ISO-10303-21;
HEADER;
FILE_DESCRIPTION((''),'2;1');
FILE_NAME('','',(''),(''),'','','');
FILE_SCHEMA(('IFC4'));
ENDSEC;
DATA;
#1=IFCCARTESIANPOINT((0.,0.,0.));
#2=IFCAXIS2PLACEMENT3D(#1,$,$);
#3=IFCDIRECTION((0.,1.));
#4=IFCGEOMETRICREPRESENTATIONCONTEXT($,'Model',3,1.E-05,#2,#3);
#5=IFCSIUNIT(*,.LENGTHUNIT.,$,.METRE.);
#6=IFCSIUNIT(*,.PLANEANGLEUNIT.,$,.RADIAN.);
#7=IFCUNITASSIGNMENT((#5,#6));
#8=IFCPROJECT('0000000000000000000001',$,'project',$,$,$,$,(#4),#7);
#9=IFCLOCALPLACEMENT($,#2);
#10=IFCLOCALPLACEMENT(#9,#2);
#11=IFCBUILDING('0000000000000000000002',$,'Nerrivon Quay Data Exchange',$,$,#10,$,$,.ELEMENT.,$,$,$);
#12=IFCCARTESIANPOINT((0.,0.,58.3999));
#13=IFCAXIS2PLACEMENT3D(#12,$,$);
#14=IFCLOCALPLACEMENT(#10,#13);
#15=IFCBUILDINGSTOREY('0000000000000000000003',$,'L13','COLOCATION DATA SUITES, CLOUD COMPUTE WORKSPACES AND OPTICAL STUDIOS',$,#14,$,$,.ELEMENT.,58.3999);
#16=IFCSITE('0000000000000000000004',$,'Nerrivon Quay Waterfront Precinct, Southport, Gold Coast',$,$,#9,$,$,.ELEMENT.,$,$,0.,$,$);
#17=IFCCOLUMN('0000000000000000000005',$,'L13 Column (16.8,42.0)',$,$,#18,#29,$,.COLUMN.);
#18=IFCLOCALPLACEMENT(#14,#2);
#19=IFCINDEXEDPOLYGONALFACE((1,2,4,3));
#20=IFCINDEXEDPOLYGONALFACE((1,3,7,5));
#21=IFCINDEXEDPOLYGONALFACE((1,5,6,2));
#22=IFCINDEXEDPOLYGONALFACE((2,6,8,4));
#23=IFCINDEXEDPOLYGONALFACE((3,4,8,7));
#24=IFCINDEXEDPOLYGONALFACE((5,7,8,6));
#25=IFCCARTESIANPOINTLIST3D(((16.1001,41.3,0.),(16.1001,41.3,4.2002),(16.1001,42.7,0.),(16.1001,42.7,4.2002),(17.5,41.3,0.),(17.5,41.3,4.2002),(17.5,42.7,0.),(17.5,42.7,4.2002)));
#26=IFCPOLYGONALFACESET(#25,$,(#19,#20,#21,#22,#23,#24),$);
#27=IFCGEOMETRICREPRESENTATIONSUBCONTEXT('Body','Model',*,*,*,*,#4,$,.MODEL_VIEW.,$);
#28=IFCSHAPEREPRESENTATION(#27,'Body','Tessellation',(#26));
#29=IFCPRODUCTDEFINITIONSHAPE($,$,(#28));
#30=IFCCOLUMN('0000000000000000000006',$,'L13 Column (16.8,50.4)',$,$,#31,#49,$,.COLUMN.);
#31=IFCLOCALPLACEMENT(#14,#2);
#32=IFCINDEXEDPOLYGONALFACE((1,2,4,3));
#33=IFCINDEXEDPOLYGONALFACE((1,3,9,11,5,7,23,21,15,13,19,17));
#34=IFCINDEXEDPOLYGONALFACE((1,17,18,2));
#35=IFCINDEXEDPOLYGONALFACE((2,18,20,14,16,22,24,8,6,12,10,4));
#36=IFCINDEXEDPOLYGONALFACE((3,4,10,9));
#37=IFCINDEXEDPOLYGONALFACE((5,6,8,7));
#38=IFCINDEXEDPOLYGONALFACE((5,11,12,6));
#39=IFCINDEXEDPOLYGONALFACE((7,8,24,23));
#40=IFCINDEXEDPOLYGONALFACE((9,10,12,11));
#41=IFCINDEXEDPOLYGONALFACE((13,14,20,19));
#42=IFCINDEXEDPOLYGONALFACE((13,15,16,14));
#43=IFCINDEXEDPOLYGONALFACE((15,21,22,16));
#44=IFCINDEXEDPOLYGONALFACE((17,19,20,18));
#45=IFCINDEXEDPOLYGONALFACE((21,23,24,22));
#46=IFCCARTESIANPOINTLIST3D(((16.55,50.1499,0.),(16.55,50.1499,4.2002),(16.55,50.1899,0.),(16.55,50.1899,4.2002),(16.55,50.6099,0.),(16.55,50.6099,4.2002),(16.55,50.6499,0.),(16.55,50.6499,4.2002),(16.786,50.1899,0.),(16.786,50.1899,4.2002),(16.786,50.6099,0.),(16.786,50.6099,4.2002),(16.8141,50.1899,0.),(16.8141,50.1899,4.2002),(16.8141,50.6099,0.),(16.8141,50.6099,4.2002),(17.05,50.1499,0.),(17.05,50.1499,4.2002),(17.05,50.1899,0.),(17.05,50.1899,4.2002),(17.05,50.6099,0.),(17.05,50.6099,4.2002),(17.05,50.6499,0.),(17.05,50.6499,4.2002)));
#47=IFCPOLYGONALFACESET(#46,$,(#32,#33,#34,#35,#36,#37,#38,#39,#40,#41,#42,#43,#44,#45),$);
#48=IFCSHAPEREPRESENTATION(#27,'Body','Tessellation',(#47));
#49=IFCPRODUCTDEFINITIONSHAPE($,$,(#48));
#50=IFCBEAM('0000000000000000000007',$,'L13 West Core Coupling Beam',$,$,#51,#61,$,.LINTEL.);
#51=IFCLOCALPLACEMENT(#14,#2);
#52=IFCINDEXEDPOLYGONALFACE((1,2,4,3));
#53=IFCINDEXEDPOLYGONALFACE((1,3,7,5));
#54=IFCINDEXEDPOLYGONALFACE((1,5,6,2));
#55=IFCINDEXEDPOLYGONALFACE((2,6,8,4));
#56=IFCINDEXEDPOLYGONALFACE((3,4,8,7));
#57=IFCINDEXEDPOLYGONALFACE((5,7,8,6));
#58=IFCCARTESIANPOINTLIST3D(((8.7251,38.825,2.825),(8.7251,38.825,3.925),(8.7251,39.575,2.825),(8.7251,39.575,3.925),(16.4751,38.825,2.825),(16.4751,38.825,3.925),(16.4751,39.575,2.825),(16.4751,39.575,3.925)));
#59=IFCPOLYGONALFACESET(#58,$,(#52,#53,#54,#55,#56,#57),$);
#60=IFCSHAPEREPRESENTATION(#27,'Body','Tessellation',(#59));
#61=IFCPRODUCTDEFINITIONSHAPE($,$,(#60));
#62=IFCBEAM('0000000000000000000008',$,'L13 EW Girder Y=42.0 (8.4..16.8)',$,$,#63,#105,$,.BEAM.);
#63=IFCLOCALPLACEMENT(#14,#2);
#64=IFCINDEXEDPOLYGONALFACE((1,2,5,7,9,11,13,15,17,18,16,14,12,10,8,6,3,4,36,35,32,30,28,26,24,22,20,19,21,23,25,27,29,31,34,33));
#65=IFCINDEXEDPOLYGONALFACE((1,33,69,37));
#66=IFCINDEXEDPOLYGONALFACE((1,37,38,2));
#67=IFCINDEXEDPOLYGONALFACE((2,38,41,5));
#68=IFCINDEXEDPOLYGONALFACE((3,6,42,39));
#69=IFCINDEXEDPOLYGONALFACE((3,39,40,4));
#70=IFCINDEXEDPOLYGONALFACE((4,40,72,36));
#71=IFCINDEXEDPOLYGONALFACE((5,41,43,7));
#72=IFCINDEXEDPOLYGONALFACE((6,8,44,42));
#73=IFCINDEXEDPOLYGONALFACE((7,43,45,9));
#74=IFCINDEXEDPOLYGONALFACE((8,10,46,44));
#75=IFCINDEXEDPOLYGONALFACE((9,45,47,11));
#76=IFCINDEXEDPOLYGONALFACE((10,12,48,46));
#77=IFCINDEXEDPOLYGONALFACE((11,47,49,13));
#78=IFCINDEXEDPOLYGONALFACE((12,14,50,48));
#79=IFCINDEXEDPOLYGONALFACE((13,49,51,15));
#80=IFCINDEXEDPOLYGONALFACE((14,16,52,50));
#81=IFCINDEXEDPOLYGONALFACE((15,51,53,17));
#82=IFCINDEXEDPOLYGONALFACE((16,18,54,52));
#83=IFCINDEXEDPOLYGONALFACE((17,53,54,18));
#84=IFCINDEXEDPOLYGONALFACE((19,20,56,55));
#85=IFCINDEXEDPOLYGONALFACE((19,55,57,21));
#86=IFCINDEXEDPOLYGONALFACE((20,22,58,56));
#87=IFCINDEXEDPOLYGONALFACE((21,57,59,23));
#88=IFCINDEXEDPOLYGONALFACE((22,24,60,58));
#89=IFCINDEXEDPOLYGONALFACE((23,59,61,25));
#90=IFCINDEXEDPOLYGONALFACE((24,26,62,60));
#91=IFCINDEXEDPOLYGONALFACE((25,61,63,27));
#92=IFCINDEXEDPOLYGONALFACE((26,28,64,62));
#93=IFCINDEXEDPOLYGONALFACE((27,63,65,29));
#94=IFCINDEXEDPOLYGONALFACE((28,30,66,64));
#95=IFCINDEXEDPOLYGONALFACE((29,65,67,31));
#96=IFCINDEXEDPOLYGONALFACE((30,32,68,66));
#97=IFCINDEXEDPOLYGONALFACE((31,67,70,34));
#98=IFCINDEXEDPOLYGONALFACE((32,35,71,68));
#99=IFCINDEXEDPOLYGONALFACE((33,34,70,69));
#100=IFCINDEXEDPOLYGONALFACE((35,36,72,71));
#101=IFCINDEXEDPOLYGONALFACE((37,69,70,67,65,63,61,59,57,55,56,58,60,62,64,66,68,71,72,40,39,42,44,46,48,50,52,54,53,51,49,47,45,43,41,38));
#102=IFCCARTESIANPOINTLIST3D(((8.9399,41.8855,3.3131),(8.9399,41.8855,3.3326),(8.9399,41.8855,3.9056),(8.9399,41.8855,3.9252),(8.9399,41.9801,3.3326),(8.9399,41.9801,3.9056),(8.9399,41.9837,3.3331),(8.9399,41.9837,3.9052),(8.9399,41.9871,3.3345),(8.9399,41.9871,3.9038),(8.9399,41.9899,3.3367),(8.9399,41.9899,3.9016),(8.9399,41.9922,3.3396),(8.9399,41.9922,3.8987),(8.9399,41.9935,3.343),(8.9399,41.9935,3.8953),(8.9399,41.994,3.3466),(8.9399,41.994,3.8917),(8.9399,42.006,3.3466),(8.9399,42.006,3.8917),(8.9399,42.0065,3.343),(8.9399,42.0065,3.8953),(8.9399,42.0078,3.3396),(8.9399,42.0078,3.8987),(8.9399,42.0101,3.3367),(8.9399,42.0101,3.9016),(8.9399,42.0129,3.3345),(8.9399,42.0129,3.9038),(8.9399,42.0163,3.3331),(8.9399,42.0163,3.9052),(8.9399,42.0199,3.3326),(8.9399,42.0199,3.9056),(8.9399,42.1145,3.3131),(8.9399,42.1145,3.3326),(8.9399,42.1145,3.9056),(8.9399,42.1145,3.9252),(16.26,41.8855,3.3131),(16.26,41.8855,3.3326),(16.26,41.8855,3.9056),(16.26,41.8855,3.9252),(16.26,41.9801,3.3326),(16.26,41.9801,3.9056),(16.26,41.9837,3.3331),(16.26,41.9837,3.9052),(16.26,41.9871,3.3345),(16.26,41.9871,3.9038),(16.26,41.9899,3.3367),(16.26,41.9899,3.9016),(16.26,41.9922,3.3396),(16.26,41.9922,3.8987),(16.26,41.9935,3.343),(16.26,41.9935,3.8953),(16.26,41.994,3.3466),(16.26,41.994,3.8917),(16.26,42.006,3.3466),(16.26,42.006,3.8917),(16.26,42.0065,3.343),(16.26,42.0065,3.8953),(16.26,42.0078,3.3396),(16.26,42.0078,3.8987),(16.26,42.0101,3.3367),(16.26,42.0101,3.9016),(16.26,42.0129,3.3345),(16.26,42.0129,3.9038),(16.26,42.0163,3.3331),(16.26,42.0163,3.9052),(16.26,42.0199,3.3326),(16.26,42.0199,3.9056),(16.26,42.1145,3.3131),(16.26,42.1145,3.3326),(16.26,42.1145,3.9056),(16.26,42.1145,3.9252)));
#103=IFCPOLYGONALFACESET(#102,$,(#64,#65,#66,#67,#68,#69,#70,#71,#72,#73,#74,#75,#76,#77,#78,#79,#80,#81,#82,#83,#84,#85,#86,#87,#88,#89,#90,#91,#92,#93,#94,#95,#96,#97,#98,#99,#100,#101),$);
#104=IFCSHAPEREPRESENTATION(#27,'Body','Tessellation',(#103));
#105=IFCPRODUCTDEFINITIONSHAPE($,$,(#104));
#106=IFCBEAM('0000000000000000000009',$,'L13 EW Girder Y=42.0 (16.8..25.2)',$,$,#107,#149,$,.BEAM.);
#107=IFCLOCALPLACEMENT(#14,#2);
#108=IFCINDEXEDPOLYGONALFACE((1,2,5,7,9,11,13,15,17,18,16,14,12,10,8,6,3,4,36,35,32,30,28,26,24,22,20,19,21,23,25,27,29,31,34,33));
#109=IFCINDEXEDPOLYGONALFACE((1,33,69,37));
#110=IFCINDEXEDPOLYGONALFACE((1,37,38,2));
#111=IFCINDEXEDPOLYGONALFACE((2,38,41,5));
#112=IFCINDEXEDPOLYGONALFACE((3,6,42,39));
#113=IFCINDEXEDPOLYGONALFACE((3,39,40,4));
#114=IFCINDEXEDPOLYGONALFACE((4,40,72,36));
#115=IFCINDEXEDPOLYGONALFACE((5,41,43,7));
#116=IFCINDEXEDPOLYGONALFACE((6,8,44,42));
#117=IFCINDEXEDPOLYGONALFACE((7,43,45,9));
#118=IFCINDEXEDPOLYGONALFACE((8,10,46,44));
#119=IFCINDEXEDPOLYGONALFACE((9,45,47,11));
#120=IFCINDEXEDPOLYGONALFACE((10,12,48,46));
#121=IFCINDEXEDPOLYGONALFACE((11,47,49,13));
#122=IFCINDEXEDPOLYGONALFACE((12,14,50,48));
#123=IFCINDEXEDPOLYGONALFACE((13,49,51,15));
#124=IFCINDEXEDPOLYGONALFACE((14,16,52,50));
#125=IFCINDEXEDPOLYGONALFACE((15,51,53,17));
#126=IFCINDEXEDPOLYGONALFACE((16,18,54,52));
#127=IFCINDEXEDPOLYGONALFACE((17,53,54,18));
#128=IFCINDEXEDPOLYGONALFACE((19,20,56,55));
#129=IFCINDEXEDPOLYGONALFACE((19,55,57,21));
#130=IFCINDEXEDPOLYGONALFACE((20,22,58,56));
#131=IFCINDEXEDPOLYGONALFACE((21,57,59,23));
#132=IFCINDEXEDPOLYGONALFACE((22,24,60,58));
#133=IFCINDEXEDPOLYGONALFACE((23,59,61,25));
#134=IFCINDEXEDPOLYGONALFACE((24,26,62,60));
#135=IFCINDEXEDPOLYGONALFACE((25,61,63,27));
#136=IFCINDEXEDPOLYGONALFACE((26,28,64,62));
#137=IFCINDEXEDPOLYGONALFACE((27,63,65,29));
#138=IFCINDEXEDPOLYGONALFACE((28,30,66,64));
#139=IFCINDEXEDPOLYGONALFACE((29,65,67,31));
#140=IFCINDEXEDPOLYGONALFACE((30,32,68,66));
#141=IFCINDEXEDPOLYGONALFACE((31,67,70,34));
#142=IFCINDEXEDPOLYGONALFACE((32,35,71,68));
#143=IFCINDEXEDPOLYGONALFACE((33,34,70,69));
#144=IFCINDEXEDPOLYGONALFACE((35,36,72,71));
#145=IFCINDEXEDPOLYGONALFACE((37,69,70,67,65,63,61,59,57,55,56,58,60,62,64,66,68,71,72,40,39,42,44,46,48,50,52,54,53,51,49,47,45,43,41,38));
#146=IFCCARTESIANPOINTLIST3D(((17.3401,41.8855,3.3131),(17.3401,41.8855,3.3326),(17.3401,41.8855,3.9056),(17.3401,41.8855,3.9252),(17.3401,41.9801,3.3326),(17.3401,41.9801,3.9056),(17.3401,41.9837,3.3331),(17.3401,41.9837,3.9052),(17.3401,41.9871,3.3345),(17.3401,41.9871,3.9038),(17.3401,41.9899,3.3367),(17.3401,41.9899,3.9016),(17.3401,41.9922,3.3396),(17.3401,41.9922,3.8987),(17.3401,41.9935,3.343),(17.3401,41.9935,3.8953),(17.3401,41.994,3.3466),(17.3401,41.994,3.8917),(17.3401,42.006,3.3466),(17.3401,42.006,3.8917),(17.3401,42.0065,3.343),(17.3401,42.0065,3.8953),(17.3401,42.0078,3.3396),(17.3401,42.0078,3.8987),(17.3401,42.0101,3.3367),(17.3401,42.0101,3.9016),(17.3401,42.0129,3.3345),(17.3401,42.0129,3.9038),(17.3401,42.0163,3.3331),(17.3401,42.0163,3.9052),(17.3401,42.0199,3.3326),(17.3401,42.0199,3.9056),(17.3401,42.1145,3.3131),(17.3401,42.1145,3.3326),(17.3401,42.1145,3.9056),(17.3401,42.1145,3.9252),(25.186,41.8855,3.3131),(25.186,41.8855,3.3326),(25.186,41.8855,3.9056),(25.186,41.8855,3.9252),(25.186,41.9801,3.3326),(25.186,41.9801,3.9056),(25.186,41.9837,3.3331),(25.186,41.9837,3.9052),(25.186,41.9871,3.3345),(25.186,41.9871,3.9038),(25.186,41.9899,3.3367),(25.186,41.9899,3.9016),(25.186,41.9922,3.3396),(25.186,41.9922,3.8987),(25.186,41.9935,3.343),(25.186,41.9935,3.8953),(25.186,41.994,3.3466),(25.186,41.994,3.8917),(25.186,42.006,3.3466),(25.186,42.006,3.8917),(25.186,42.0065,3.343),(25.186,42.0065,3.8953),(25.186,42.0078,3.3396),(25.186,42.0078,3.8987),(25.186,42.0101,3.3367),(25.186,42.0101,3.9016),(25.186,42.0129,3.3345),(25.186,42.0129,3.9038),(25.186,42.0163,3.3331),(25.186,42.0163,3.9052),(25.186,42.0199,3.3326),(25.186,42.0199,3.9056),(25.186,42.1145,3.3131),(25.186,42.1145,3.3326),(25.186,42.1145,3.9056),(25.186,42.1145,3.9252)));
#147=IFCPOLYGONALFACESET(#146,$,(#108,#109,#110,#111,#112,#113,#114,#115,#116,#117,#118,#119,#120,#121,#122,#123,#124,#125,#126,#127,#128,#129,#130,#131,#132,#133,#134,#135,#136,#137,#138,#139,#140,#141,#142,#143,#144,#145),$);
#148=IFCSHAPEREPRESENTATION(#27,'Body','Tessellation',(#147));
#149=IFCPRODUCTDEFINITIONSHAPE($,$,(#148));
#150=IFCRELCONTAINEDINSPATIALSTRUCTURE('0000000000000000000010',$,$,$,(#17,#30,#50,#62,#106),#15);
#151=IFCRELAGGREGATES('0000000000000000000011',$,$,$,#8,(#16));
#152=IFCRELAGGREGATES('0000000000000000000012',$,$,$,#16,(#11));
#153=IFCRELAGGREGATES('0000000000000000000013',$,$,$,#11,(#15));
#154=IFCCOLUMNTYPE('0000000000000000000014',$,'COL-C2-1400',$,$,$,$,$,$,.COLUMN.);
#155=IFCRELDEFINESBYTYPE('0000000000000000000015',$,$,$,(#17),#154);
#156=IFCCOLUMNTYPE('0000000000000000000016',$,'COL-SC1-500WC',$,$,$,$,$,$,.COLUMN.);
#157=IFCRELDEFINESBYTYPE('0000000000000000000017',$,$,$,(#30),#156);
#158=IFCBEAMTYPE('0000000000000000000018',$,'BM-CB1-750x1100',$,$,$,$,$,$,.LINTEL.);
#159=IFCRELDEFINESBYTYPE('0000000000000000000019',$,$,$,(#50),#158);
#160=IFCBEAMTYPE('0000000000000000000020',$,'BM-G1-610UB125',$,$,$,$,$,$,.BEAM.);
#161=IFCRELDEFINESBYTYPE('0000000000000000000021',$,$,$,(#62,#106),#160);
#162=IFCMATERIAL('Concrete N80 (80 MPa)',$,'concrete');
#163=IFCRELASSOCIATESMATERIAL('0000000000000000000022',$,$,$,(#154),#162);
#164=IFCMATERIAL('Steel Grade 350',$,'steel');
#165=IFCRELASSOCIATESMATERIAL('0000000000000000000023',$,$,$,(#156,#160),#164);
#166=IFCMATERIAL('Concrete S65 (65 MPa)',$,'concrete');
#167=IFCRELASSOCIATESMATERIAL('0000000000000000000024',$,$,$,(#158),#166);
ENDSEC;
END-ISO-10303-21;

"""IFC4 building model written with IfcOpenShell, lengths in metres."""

from ifc_helpers import new_model, si_unit, direction, frame, origin, origin_2d, place, context, subcontext, project, spatial, rectangle, i_section, extrude, material, material_profile, profile_set, type_object, element, save


model = new_model("IFC4")

# Units and contexts
model_context = context("Model", 3, precision=1e-05, world=origin(), true_north=direction((0.0, 1.0)))
body_context = subcontext(model_context, "Body", "Model", "MODEL_VIEW")
ifc_project = project(units=[si_unit("LENGTHUNIT", "METRE"), si_unit("PLANEANGLEUNIT", "RADIAN")], contexts=[model_context])

# Site, building, storey
site_placement = place(None, origin())
site = spatial("IfcSite", under=ifc_project, at=site_placement, Name="Nerrivon Quay Waterfront Precinct, Southport, Gold Coast", CompositionType="ELEMENT", RefElevation=0.0)
building_placement = place(site_placement, origin())
building = spatial("IfcBuilding", under=site, at=building_placement, Name="Nerrivon Quay Data Exchange", CompositionType="ELEMENT")
storey_placement = place(building_placement, frame((0.0, 0.0, 58.3999)))
storey = spatial("IfcBuildingStorey", under=building, at=storey_placement, Name="L13", Description="COLOCATION DATA SUITES, CLOUD COMPUTE WORKSPACES AND OPTICAL STUDIOS", CompositionType="ELEMENT", Elevation=58.3999)

# Columns
ifc_material_1 = material(Name="Concrete N80 (80 MPa)", Category="concrete")
ifc_material_profile_1 = material_profile(ifc_material_1, rectangle(XDim=1.3999, YDim=1.3999, at=origin_2d()), Name="RC-COL-1400x1400")
ifc_profile_set_1 = profile_set([ifc_material_profile_1], Name="Concrete N80 (80 MPa)")
column_type_1 = type_object("IfcColumnType", Name="COL-C2-1400", PredefinedType="COLUMN", material=ifc_profile_set_1)
column_1_placement = place(storey_placement, frame((16.8, 42.0, 0.0), z_axis=(0.0, 0.0, 1.0), x_axis=(1.0, 0.0, 0.0)))
element("IfcColumn", 1, at=column_1_placement, inside=storey, type_object=column_type_1, Name="L13 Column (16.8,42.0)", PredefinedType="COLUMN", context=body_context, shape_type="SweptSolid", body=[
    extrude(rectangle(XDim=1.3999, YDim=1.3999, at=origin_2d()), origin(), (0.0, 0.0, 1.0), 4.2002),
])
ifc_material_2 = material(Name="Steel Grade 350", Category="steel")
ifc_material_profile_2 = material_profile(ifc_material_2, i_section(OverallWidth=0.5, OverallDepth=0.5, WebThickness=0.0281, FlangeThickness=0.04, at=origin_2d()), Name="500WC440")
ifc_profile_set_2 = profile_set([ifc_material_profile_2], Name="Steel Grade 350")
column_type_2 = type_object("IfcColumnType", Name="COL-SC1-500WC", PredefinedType="COLUMN", material=ifc_profile_set_2)
column_2_placement = place(storey_placement, frame((16.8, 50.3999, 0.0), z_axis=(0.0, 0.0, 1.0), x_axis=(1.0, 0.0, 0.0)))
element("IfcColumn", 2, at=column_2_placement, inside=storey, type_object=column_type_2, Name="L13 Column (16.8,50.4)", PredefinedType="COLUMN", context=body_context, shape_type="SweptSolid", body=[
    extrude(i_section(OverallWidth=0.5, OverallDepth=0.5, WebThickness=0.0281, FlangeThickness=0.04, at=origin_2d()), origin(), (0.0, 0.0, 1.0), 4.2002),
])

# Beams
ifc_material_3 = material(Name="Concrete S65 (65 MPa)", Category="concrete")
ifc_material_profile_3 = material_profile(ifc_material_3, rectangle(XDim=0.75, YDim=1.1001, at=origin_2d()), Name="RC-CB-750x1100")
ifc_profile_set_3 = profile_set([ifc_material_profile_3], Name="Concrete S65 (65 MPa)")
beam_type_1 = type_object("IfcBeamType", Name="BM-CB1-750x1100", PredefinedType="LINTEL", material=ifc_profile_set_3)
beam_1_placement = place(storey_placement, frame((8.7251, 39.2, 3.375), z_axis=(1.0, 0.0, 0.0), x_axis=(0.0, 1.0, 0.0)))
element("IfcBeam", 3, at=beam_1_placement, inside=storey, type_object=beam_type_1, Name="L13 West Core Coupling Beam", PredefinedType="LINTEL", context=body_context, shape_type="SweptSolid", body=[
    extrude(rectangle(XDim=0.75, YDim=1.1001, at=origin_2d()), origin(), (0.0, 0.0, 1.0), 7.75),
])
ifc_material_profile_4 = material_profile(ifc_material_2, i_section(OverallWidth=0.229, OverallDepth=0.6121, WebThickness=0.012, FlangeThickness=0.0195, FilletRadius=0.0139, at=origin_2d()), Name="610UB125")
ifc_profile_set_4 = profile_set([ifc_material_profile_4], Name="Steel Grade 350")
beam_type_2 = type_object("IfcBeamType", Name="BM-G1-610UB125", PredefinedType="BEAM", material=ifc_profile_set_4)
beam_2_placement = place(storey_placement, frame((8.9399, 42.0, 3.6191), z_axis=(1.0, 0.0, 0.0), x_axis=(0.0, 1.0, 0.0)))
element("IfcBeam", 4, at=beam_2_placement, inside=storey, type_object=beam_type_2, Name="L13 EW Girder Y=42.0 (8.4..16.8)", PredefinedType="BEAM", context=body_context, shape_type="SweptSolid", body=[
    extrude(i_section(OverallWidth=0.229, OverallDepth=0.6121, WebThickness=0.012, FlangeThickness=0.0195, FilletRadius=0.0139, at=origin_2d()), origin(), (0.0, 0.0, 1.0), 7.3201),
])
beam_3_placement = place(storey_placement, frame((17.3401, 42.0, 3.6191), z_axis=(1.0, 0.0, 0.0), x_axis=(0.0, 1.0, 0.0)))
element("IfcBeam", 5, at=beam_3_placement, inside=storey, type_object=beam_type_2, Name="L13 EW Girder Y=42.0 (16.8..25.2)", PredefinedType="BEAM", context=body_context, shape_type="SweptSolid", body=[
    extrude(i_section(OverallWidth=0.229, OverallDepth=0.6121, WebThickness=0.012, FlangeThickness=0.0195, FilletRadius=0.0139, at=origin_2d()), origin(), (0.0, 0.0, 1.0), 7.8459),
])

save(model, "model.ifc")
